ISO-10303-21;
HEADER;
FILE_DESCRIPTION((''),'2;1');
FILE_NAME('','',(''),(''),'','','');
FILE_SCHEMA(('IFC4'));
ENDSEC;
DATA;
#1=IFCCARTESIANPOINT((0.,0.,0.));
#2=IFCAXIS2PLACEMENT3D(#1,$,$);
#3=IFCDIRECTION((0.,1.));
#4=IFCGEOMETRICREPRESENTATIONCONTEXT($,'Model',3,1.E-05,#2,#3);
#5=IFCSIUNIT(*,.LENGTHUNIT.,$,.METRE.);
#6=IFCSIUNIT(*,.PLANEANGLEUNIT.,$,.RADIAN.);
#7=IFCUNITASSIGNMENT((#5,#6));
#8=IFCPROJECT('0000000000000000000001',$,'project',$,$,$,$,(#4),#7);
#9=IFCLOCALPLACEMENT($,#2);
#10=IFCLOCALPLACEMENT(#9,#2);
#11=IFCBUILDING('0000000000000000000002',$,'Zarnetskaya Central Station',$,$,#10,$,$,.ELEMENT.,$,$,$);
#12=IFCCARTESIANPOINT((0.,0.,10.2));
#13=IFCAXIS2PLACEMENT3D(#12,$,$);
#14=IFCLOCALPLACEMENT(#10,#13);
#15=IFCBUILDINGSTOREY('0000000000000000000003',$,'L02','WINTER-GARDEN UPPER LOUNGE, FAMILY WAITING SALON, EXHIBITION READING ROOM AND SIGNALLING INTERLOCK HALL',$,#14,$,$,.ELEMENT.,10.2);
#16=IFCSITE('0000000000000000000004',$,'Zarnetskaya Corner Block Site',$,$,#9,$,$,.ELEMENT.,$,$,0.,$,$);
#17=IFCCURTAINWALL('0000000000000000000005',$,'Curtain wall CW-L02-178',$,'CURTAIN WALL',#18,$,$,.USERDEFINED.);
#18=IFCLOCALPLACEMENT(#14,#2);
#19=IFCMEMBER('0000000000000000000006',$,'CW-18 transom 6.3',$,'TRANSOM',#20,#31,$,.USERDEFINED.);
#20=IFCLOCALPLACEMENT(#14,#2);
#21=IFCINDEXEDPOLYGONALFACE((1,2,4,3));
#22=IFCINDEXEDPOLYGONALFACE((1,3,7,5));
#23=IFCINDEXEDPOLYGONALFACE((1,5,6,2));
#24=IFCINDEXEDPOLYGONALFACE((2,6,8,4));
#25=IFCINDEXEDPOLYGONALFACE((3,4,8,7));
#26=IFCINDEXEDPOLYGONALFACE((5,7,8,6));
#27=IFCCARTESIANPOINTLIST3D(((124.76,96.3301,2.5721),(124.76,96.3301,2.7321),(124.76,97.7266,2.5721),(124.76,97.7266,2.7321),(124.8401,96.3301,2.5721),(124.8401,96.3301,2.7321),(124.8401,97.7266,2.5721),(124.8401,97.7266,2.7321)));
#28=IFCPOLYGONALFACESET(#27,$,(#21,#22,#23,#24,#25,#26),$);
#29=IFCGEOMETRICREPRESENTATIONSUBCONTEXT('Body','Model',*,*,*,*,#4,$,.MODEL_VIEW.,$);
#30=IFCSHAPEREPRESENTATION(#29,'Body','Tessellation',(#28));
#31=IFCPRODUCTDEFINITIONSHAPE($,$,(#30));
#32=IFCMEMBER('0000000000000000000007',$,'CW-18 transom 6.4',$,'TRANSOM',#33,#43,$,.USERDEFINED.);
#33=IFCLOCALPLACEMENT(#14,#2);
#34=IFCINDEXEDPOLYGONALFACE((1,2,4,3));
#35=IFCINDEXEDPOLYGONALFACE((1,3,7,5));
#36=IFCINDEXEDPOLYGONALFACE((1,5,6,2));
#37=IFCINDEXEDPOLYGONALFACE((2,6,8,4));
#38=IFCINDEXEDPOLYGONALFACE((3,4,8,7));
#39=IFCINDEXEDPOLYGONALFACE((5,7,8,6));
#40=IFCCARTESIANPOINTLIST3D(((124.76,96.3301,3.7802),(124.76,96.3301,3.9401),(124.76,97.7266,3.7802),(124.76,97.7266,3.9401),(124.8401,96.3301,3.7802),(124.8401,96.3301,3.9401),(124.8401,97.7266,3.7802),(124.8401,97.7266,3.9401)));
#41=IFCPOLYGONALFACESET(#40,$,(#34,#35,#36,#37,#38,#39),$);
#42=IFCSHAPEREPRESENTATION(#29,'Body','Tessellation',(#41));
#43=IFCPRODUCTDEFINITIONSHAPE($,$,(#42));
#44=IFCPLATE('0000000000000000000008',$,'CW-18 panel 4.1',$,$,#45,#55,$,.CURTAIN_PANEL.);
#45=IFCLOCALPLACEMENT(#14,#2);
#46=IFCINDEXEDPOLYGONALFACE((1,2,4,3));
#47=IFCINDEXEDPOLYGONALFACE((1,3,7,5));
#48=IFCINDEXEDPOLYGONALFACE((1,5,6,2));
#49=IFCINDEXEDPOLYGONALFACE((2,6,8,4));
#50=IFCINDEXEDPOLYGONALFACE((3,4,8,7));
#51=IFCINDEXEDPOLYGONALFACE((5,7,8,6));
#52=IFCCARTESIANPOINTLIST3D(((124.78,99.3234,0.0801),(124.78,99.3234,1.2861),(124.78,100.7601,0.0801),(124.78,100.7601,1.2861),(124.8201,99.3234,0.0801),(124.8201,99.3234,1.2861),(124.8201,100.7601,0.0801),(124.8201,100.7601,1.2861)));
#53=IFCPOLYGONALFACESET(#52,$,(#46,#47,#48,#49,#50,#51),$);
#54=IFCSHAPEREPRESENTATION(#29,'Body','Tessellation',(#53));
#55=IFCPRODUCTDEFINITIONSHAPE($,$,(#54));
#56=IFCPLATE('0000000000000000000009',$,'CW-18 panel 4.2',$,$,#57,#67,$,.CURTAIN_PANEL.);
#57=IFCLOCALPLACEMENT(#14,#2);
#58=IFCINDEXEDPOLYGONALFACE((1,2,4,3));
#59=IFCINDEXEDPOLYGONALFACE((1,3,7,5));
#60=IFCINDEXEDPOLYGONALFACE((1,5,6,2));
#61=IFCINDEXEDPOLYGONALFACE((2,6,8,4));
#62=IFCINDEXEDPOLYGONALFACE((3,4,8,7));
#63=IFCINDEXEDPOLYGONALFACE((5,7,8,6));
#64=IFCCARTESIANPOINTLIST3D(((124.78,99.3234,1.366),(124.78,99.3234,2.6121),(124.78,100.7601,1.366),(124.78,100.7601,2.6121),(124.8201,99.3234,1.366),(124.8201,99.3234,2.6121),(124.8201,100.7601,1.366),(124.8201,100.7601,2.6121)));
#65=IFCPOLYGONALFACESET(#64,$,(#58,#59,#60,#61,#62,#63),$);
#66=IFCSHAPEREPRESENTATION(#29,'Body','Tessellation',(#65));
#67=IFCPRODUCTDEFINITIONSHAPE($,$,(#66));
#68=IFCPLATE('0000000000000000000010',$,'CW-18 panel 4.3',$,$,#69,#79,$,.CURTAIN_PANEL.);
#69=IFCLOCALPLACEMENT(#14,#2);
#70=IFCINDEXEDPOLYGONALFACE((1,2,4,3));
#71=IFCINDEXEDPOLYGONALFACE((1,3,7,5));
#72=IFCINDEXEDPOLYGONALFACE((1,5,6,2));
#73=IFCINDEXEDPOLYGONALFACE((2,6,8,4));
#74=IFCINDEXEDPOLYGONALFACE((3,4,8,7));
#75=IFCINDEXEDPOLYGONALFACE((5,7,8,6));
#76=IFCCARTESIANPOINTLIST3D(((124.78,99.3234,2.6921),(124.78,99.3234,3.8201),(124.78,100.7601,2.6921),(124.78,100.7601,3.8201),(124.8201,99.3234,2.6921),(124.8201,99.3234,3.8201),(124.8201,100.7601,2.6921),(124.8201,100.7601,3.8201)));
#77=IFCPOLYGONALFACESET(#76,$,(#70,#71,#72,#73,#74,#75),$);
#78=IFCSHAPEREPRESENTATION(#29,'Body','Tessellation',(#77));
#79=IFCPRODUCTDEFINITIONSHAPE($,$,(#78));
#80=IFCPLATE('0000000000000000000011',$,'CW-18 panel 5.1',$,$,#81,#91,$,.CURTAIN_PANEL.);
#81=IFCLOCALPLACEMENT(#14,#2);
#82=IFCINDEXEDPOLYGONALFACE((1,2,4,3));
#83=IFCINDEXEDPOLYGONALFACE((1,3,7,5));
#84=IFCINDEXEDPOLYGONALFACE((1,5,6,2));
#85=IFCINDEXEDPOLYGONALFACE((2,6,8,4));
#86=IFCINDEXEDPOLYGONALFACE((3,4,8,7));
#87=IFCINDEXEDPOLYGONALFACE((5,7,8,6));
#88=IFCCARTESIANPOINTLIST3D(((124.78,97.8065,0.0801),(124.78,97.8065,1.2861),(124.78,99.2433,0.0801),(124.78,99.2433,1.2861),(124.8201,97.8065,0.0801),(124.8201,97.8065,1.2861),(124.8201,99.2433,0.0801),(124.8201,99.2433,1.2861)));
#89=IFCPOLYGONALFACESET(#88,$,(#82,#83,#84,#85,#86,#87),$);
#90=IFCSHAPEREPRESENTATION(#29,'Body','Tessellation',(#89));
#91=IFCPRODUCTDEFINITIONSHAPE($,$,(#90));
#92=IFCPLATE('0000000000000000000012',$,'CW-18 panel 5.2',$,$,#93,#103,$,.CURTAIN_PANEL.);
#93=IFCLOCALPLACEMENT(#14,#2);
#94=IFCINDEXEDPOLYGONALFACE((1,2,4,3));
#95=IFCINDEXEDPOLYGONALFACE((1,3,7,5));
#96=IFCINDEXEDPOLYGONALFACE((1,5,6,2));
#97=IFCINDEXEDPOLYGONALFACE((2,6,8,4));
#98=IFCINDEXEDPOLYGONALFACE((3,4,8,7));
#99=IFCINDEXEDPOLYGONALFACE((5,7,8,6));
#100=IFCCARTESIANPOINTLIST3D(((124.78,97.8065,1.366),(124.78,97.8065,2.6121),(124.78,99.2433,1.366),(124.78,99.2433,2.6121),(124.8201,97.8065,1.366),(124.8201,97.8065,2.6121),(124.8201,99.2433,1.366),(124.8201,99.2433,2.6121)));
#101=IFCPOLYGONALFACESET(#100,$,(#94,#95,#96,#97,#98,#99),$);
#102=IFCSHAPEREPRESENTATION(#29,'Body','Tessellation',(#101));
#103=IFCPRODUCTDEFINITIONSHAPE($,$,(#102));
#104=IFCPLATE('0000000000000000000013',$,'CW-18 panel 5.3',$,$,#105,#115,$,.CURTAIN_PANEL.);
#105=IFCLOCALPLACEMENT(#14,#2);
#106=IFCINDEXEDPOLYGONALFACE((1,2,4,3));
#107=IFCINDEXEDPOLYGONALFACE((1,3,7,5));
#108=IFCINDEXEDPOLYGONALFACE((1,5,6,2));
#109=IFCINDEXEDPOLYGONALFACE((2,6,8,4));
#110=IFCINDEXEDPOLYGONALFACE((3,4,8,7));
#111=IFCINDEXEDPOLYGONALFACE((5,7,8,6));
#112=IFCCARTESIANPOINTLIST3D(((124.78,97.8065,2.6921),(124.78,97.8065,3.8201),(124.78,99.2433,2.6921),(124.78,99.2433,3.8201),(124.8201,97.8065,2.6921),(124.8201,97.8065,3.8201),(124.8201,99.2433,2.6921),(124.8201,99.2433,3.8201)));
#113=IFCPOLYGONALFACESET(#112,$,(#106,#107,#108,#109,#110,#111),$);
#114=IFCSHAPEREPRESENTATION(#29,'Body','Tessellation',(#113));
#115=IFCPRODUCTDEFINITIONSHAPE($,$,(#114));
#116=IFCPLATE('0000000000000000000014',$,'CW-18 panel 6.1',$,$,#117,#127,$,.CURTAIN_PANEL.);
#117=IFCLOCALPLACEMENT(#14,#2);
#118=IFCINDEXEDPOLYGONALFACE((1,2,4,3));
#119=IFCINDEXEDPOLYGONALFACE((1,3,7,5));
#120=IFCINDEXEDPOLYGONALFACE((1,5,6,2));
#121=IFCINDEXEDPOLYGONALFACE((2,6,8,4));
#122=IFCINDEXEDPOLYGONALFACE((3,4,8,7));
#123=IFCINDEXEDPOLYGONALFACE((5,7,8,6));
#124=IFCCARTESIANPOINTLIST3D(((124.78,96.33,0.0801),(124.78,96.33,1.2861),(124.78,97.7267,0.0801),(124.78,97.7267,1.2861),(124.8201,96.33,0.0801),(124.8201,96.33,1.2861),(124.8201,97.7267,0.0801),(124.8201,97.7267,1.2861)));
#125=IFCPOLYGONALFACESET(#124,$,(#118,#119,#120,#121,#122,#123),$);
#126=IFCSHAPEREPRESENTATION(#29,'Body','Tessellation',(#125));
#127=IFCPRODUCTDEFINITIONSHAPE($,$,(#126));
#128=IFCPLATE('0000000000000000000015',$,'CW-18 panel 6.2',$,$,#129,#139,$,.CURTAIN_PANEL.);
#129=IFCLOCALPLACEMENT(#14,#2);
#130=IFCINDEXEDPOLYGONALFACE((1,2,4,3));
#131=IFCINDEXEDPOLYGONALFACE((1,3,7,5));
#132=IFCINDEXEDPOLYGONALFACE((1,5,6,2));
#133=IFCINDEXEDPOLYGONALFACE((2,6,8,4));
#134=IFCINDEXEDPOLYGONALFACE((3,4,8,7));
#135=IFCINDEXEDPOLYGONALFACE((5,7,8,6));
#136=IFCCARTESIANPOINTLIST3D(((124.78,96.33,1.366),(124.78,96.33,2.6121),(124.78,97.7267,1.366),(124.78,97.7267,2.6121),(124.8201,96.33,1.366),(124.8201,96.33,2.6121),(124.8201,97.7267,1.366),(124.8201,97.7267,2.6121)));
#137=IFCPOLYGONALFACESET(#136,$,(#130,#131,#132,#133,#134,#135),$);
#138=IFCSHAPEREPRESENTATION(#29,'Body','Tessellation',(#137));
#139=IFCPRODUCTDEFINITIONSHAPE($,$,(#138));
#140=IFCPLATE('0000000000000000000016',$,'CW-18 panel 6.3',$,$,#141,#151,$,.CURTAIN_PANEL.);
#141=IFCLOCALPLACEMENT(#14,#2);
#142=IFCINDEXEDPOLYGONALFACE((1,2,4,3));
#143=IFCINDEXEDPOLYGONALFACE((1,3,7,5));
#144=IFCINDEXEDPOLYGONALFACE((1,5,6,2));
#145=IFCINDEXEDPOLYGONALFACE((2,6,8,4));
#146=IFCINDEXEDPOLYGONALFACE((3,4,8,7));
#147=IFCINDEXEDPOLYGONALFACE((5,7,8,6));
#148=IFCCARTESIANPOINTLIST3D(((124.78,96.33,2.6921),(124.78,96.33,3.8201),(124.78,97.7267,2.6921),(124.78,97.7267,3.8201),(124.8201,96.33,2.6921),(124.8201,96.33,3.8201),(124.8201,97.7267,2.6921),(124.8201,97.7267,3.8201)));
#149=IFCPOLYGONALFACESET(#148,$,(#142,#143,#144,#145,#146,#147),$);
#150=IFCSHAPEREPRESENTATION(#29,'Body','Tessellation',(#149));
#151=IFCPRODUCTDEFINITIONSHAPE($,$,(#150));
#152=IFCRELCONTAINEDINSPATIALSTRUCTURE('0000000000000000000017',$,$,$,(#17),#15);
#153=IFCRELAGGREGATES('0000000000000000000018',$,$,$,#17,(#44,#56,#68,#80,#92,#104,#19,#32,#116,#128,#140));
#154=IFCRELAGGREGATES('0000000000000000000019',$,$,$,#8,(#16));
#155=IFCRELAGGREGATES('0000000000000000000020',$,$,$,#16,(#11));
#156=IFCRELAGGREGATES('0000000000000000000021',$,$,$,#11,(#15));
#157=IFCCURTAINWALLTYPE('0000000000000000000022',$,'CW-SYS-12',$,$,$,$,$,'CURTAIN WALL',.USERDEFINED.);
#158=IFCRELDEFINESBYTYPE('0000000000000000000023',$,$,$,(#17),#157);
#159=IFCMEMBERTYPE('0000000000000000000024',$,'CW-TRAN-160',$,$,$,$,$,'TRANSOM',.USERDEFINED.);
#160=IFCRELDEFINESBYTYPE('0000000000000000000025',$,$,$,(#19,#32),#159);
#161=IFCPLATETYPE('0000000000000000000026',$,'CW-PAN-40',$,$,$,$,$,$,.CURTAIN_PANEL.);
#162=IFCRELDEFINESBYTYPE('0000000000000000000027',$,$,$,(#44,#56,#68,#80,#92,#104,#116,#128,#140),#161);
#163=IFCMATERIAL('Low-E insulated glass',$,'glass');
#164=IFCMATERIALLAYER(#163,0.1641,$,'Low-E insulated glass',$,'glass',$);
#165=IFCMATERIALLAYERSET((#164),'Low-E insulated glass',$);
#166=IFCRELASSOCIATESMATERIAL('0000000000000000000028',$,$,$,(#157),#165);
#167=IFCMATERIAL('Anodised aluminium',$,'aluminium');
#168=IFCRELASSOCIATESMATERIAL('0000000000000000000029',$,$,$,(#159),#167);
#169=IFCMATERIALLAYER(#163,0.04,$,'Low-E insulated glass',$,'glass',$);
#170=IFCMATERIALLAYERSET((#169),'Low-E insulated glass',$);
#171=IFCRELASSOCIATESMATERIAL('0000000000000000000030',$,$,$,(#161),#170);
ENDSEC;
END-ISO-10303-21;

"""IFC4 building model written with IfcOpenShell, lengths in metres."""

from ifc_helpers import new_model, si_unit, direction, frame, origin, origin_2d, place, context, subcontext, project, spatial, rectangle, extrude, material, layer, layer_set, material_profile, profile_set, type_object, element, aggregate, save


model = new_model("IFC4")

# Units and contexts
model_context = context("Model", 3, precision=1e-05, world=origin(), true_north=direction((0.0, 1.0)))
body_context = subcontext(model_context, "Body", "Model", "MODEL_VIEW")
ifc_project = project(units=[si_unit("LENGTHUNIT", "METRE"), si_unit("PLANEANGLEUNIT", "RADIAN")], contexts=[model_context])

# Site, building, storey
site_placement = place(None, origin())
site = spatial("IfcSite", under=ifc_project, at=site_placement, Name="Zarnetskaya Corner Block Site", CompositionType="ELEMENT", RefElevation=0.0)
building_placement = place(site_placement, origin())
building = spatial("IfcBuilding", under=site, at=building_placement, Name="Zarnetskaya Central Station", CompositionType="ELEMENT")
storey_placement = place(building_placement, frame((0.0, 0.0, 10.2)))
storey = spatial("IfcBuildingStorey", under=building, at=storey_placement, Name="L02", Description="WINTER-GARDEN UPPER LOUNGE, FAMILY WAITING SALON, EXHIBITION READING ROOM AND SIGNALLING INTERLOCK HALL", CompositionType="ELEMENT", Elevation=10.2)

# Shared definitions
ifc_material_1 = material(Name="Low-E insulated glass", Category="glass")
ifc_layer_1 = layer(ifc_material_1, 0.1641, Name="Low-E insulated glass", Category="glass")
ifc_layer_set_1 = layer_set([ifc_layer_1], Name="Low-E insulated glass")
curtain_wall_type = type_object("IfcCurtainWallType", Name="CW-SYS-12", ElementType="CURTAIN WALL", PredefinedType="USERDEFINED", material=ifc_layer_set_1)
ifc_material_2 = material(Name="Anodised aluminium", Category="aluminium")

# Curtain wall, members, plates
curtain_wall_1_placement = place(storey_placement, origin())
curtain_wall_1 = element("IfcCurtainWall", 1, at=curtain_wall_1_placement, inside=storey, type_object=curtain_wall_type, Name="Curtain wall CW-L02-178", ObjectType="CURTAIN WALL", PredefinedType="USERDEFINED")
ifc_material_profile_1 = material_profile(ifc_material_2, rectangle(XDim=0.0801, YDim=0.1599, at=origin_2d()), Name="ALU TRAN 80x160")
ifc_profile_set_1 = profile_set([ifc_material_profile_1], Name="Anodised aluminium")
member_type_1 = type_object("IfcMemberType", Name="CW-TRAN-160", ElementType="TRANSOM", PredefinedType="USERDEFINED", material=ifc_profile_set_1)
member_1_placement = place(storey_placement, frame((124.8, 97.7266, 2.6521), z_axis=(0.0, -1.0, 0.0), x_axis=(1.0, 0.0, 0.0)))
member_1 = element("IfcMember", 2, at=member_1_placement, type_object=member_type_1, Name="CW-18 transom 6.3", ObjectType="TRANSOM", PredefinedType="USERDEFINED", context=body_context, shape_type="SweptSolid", body=[
    extrude(rectangle(XDim=0.0801, YDim=0.1599, at=origin_2d()), origin(), (0.0, 0.0, 1.0), 1.3965),
])
member_2_placement = place(storey_placement, frame((124.8, 97.7266, 3.8601), z_axis=(0.0, -1.0, 0.0), x_axis=(1.0, 0.0, 0.0)))
member_2 = element("IfcMember", 3, at=member_2_placement, type_object=member_type_1, Name="CW-18 transom 6.4", ObjectType="TRANSOM", PredefinedType="USERDEFINED", context=body_context, shape_type="SweptSolid", body=[
    extrude(rectangle(XDim=0.0801, YDim=0.1599, at=origin_2d()), origin(), (0.0, 0.0, 1.0), 1.3965),
])
ifc_layer_2 = layer(ifc_material_1, 0.04, Name="Low-E insulated glass", Category="glass")
ifc_layer_set_2 = layer_set([ifc_layer_2], Name="Low-E insulated glass")
plate_type = type_object("IfcPlateType", Name="CW-PAN-40", PredefinedType="CURTAIN_PANEL", material=ifc_layer_set_2)
plate_1_placement = place(storey_placement, frame((124.8, 100.0417, 0.0801), z_axis=(0.0, 0.0, 1.0), x_axis=(0.0, -1.0, 0.0)))
plate_1 = element("IfcPlate", 4, at=plate_1_placement, type_object=plate_type, Name="CW-18 panel 4.1", PredefinedType="CURTAIN_PANEL", context=body_context, shape_type="SweptSolid", body=[
    extrude(rectangle(XDim=1.4368, YDim=0.04, at=origin_2d()), origin(), (0.0, 0.0, 1.0), 1.2061),
])
plate_2_placement = place(storey_placement, frame((124.8, 100.0417, 1.366), z_axis=(0.0, 0.0, 1.0), x_axis=(0.0, -1.0, 0.0)))
plate_2 = element("IfcPlate", 5, at=plate_2_placement, type_object=plate_type, Name="CW-18 panel 4.2", PredefinedType="CURTAIN_PANEL", context=body_context, shape_type="SweptSolid", body=[
    extrude(rectangle(XDim=1.4368, YDim=0.04, at=origin_2d()), origin(), (0.0, 0.0, 1.0), 1.2461),
])
plate_3_placement = place(storey_placement, frame((124.8, 100.0417, 2.6921), z_axis=(0.0, 0.0, 1.0), x_axis=(0.0, -1.0, 0.0)))
plate_3 = element("IfcPlate", 6, at=plate_3_placement, type_object=plate_type, Name="CW-18 panel 4.3", PredefinedType="CURTAIN_PANEL", context=body_context, shape_type="SweptSolid", body=[
    extrude(rectangle(XDim=1.4368, YDim=0.04, at=origin_2d()), origin(), (0.0, 0.0, 1.0), 1.1279),
])
plate_4_placement = place(storey_placement, frame((124.8, 98.5249, 0.0801), z_axis=(0.0, 0.0, 1.0), x_axis=(0.0, -1.0, 0.0)))
plate_4 = element("IfcPlate", 7, at=plate_4_placement, type_object=plate_type, Name="CW-18 panel 5.1", PredefinedType="CURTAIN_PANEL", context=body_context, shape_type="SweptSolid", body=[
    extrude(rectangle(XDim=1.4368, YDim=0.04, at=origin_2d()), origin(), (0.0, 0.0, 1.0), 1.2061),
])
plate_5_placement = place(storey_placement, frame((124.8, 98.5249, 1.366), z_axis=(0.0, 0.0, 1.0), x_axis=(0.0, -1.0, 0.0)))
plate_5 = element("IfcPlate", 8, at=plate_5_placement, type_object=plate_type, Name="CW-18 panel 5.2", PredefinedType="CURTAIN_PANEL", context=body_context, shape_type="SweptSolid", body=[
    extrude(rectangle(XDim=1.4368, YDim=0.04, at=origin_2d()), origin(), (0.0, 0.0, 1.0), 1.2461),
])
plate_6_placement = place(storey_placement, frame((124.8, 98.5249, 2.6921), z_axis=(0.0, 0.0, 1.0), x_axis=(0.0, -1.0, 0.0)))
plate_6 = element("IfcPlate", 9, at=plate_6_placement, type_object=plate_type, Name="CW-18 panel 5.3", PredefinedType="CURTAIN_PANEL", context=body_context, shape_type="SweptSolid", body=[
    extrude(rectangle(XDim=1.4368, YDim=0.04, at=origin_2d()), origin(), (0.0, 0.0, 1.0), 1.1279),
])
plate_7_placement = place(storey_placement, frame((124.8, 97.0283, 0.0801), z_axis=(0.0, 0.0, 1.0), x_axis=(0.0, -1.0, 0.0)))
plate_7 = element("IfcPlate", 10, at=plate_7_placement, type_object=plate_type, Name="CW-18 panel 6.1", PredefinedType="CURTAIN_PANEL", context=body_context, shape_type="SweptSolid", body=[
    extrude(rectangle(XDim=1.3967, YDim=0.04, at=origin_2d()), origin(), (0.0, 0.0, 1.0), 1.2061),
])
plate_8_placement = place(storey_placement, frame((124.8, 97.0283, 1.366), z_axis=(0.0, 0.0, 1.0), x_axis=(0.0, -1.0, 0.0)))
plate_8 = element("IfcPlate", 11, at=plate_8_placement, type_object=plate_type, Name="CW-18 panel 6.2", PredefinedType="CURTAIN_PANEL", context=body_context, shape_type="SweptSolid", body=[
    extrude(rectangle(XDim=1.3967, YDim=0.04, at=origin_2d()), origin(), (0.0, 0.0, 1.0), 1.2461),
])
plate_9_placement = place(storey_placement, frame((124.8, 97.0283, 2.6921), z_axis=(0.0, 0.0, 1.0), x_axis=(0.0, -1.0, 0.0)))
plate_9 = element("IfcPlate", 12, at=plate_9_placement, type_object=plate_type, Name="CW-18 panel 6.3", PredefinedType="CURTAIN_PANEL", context=body_context, shape_type="SweptSolid", body=[
    extrude(rectangle(XDim=1.3967, YDim=0.04, at=origin_2d()), origin(), (0.0, 0.0, 1.0), 1.1279),
])
aggregate(curtain_wall_1, [plate_1, plate_2, plate_3, plate_4, plate_5, plate_6, member_1, member_2, plate_7, plate_8, plate_9])

save(model, "model.ifc")
